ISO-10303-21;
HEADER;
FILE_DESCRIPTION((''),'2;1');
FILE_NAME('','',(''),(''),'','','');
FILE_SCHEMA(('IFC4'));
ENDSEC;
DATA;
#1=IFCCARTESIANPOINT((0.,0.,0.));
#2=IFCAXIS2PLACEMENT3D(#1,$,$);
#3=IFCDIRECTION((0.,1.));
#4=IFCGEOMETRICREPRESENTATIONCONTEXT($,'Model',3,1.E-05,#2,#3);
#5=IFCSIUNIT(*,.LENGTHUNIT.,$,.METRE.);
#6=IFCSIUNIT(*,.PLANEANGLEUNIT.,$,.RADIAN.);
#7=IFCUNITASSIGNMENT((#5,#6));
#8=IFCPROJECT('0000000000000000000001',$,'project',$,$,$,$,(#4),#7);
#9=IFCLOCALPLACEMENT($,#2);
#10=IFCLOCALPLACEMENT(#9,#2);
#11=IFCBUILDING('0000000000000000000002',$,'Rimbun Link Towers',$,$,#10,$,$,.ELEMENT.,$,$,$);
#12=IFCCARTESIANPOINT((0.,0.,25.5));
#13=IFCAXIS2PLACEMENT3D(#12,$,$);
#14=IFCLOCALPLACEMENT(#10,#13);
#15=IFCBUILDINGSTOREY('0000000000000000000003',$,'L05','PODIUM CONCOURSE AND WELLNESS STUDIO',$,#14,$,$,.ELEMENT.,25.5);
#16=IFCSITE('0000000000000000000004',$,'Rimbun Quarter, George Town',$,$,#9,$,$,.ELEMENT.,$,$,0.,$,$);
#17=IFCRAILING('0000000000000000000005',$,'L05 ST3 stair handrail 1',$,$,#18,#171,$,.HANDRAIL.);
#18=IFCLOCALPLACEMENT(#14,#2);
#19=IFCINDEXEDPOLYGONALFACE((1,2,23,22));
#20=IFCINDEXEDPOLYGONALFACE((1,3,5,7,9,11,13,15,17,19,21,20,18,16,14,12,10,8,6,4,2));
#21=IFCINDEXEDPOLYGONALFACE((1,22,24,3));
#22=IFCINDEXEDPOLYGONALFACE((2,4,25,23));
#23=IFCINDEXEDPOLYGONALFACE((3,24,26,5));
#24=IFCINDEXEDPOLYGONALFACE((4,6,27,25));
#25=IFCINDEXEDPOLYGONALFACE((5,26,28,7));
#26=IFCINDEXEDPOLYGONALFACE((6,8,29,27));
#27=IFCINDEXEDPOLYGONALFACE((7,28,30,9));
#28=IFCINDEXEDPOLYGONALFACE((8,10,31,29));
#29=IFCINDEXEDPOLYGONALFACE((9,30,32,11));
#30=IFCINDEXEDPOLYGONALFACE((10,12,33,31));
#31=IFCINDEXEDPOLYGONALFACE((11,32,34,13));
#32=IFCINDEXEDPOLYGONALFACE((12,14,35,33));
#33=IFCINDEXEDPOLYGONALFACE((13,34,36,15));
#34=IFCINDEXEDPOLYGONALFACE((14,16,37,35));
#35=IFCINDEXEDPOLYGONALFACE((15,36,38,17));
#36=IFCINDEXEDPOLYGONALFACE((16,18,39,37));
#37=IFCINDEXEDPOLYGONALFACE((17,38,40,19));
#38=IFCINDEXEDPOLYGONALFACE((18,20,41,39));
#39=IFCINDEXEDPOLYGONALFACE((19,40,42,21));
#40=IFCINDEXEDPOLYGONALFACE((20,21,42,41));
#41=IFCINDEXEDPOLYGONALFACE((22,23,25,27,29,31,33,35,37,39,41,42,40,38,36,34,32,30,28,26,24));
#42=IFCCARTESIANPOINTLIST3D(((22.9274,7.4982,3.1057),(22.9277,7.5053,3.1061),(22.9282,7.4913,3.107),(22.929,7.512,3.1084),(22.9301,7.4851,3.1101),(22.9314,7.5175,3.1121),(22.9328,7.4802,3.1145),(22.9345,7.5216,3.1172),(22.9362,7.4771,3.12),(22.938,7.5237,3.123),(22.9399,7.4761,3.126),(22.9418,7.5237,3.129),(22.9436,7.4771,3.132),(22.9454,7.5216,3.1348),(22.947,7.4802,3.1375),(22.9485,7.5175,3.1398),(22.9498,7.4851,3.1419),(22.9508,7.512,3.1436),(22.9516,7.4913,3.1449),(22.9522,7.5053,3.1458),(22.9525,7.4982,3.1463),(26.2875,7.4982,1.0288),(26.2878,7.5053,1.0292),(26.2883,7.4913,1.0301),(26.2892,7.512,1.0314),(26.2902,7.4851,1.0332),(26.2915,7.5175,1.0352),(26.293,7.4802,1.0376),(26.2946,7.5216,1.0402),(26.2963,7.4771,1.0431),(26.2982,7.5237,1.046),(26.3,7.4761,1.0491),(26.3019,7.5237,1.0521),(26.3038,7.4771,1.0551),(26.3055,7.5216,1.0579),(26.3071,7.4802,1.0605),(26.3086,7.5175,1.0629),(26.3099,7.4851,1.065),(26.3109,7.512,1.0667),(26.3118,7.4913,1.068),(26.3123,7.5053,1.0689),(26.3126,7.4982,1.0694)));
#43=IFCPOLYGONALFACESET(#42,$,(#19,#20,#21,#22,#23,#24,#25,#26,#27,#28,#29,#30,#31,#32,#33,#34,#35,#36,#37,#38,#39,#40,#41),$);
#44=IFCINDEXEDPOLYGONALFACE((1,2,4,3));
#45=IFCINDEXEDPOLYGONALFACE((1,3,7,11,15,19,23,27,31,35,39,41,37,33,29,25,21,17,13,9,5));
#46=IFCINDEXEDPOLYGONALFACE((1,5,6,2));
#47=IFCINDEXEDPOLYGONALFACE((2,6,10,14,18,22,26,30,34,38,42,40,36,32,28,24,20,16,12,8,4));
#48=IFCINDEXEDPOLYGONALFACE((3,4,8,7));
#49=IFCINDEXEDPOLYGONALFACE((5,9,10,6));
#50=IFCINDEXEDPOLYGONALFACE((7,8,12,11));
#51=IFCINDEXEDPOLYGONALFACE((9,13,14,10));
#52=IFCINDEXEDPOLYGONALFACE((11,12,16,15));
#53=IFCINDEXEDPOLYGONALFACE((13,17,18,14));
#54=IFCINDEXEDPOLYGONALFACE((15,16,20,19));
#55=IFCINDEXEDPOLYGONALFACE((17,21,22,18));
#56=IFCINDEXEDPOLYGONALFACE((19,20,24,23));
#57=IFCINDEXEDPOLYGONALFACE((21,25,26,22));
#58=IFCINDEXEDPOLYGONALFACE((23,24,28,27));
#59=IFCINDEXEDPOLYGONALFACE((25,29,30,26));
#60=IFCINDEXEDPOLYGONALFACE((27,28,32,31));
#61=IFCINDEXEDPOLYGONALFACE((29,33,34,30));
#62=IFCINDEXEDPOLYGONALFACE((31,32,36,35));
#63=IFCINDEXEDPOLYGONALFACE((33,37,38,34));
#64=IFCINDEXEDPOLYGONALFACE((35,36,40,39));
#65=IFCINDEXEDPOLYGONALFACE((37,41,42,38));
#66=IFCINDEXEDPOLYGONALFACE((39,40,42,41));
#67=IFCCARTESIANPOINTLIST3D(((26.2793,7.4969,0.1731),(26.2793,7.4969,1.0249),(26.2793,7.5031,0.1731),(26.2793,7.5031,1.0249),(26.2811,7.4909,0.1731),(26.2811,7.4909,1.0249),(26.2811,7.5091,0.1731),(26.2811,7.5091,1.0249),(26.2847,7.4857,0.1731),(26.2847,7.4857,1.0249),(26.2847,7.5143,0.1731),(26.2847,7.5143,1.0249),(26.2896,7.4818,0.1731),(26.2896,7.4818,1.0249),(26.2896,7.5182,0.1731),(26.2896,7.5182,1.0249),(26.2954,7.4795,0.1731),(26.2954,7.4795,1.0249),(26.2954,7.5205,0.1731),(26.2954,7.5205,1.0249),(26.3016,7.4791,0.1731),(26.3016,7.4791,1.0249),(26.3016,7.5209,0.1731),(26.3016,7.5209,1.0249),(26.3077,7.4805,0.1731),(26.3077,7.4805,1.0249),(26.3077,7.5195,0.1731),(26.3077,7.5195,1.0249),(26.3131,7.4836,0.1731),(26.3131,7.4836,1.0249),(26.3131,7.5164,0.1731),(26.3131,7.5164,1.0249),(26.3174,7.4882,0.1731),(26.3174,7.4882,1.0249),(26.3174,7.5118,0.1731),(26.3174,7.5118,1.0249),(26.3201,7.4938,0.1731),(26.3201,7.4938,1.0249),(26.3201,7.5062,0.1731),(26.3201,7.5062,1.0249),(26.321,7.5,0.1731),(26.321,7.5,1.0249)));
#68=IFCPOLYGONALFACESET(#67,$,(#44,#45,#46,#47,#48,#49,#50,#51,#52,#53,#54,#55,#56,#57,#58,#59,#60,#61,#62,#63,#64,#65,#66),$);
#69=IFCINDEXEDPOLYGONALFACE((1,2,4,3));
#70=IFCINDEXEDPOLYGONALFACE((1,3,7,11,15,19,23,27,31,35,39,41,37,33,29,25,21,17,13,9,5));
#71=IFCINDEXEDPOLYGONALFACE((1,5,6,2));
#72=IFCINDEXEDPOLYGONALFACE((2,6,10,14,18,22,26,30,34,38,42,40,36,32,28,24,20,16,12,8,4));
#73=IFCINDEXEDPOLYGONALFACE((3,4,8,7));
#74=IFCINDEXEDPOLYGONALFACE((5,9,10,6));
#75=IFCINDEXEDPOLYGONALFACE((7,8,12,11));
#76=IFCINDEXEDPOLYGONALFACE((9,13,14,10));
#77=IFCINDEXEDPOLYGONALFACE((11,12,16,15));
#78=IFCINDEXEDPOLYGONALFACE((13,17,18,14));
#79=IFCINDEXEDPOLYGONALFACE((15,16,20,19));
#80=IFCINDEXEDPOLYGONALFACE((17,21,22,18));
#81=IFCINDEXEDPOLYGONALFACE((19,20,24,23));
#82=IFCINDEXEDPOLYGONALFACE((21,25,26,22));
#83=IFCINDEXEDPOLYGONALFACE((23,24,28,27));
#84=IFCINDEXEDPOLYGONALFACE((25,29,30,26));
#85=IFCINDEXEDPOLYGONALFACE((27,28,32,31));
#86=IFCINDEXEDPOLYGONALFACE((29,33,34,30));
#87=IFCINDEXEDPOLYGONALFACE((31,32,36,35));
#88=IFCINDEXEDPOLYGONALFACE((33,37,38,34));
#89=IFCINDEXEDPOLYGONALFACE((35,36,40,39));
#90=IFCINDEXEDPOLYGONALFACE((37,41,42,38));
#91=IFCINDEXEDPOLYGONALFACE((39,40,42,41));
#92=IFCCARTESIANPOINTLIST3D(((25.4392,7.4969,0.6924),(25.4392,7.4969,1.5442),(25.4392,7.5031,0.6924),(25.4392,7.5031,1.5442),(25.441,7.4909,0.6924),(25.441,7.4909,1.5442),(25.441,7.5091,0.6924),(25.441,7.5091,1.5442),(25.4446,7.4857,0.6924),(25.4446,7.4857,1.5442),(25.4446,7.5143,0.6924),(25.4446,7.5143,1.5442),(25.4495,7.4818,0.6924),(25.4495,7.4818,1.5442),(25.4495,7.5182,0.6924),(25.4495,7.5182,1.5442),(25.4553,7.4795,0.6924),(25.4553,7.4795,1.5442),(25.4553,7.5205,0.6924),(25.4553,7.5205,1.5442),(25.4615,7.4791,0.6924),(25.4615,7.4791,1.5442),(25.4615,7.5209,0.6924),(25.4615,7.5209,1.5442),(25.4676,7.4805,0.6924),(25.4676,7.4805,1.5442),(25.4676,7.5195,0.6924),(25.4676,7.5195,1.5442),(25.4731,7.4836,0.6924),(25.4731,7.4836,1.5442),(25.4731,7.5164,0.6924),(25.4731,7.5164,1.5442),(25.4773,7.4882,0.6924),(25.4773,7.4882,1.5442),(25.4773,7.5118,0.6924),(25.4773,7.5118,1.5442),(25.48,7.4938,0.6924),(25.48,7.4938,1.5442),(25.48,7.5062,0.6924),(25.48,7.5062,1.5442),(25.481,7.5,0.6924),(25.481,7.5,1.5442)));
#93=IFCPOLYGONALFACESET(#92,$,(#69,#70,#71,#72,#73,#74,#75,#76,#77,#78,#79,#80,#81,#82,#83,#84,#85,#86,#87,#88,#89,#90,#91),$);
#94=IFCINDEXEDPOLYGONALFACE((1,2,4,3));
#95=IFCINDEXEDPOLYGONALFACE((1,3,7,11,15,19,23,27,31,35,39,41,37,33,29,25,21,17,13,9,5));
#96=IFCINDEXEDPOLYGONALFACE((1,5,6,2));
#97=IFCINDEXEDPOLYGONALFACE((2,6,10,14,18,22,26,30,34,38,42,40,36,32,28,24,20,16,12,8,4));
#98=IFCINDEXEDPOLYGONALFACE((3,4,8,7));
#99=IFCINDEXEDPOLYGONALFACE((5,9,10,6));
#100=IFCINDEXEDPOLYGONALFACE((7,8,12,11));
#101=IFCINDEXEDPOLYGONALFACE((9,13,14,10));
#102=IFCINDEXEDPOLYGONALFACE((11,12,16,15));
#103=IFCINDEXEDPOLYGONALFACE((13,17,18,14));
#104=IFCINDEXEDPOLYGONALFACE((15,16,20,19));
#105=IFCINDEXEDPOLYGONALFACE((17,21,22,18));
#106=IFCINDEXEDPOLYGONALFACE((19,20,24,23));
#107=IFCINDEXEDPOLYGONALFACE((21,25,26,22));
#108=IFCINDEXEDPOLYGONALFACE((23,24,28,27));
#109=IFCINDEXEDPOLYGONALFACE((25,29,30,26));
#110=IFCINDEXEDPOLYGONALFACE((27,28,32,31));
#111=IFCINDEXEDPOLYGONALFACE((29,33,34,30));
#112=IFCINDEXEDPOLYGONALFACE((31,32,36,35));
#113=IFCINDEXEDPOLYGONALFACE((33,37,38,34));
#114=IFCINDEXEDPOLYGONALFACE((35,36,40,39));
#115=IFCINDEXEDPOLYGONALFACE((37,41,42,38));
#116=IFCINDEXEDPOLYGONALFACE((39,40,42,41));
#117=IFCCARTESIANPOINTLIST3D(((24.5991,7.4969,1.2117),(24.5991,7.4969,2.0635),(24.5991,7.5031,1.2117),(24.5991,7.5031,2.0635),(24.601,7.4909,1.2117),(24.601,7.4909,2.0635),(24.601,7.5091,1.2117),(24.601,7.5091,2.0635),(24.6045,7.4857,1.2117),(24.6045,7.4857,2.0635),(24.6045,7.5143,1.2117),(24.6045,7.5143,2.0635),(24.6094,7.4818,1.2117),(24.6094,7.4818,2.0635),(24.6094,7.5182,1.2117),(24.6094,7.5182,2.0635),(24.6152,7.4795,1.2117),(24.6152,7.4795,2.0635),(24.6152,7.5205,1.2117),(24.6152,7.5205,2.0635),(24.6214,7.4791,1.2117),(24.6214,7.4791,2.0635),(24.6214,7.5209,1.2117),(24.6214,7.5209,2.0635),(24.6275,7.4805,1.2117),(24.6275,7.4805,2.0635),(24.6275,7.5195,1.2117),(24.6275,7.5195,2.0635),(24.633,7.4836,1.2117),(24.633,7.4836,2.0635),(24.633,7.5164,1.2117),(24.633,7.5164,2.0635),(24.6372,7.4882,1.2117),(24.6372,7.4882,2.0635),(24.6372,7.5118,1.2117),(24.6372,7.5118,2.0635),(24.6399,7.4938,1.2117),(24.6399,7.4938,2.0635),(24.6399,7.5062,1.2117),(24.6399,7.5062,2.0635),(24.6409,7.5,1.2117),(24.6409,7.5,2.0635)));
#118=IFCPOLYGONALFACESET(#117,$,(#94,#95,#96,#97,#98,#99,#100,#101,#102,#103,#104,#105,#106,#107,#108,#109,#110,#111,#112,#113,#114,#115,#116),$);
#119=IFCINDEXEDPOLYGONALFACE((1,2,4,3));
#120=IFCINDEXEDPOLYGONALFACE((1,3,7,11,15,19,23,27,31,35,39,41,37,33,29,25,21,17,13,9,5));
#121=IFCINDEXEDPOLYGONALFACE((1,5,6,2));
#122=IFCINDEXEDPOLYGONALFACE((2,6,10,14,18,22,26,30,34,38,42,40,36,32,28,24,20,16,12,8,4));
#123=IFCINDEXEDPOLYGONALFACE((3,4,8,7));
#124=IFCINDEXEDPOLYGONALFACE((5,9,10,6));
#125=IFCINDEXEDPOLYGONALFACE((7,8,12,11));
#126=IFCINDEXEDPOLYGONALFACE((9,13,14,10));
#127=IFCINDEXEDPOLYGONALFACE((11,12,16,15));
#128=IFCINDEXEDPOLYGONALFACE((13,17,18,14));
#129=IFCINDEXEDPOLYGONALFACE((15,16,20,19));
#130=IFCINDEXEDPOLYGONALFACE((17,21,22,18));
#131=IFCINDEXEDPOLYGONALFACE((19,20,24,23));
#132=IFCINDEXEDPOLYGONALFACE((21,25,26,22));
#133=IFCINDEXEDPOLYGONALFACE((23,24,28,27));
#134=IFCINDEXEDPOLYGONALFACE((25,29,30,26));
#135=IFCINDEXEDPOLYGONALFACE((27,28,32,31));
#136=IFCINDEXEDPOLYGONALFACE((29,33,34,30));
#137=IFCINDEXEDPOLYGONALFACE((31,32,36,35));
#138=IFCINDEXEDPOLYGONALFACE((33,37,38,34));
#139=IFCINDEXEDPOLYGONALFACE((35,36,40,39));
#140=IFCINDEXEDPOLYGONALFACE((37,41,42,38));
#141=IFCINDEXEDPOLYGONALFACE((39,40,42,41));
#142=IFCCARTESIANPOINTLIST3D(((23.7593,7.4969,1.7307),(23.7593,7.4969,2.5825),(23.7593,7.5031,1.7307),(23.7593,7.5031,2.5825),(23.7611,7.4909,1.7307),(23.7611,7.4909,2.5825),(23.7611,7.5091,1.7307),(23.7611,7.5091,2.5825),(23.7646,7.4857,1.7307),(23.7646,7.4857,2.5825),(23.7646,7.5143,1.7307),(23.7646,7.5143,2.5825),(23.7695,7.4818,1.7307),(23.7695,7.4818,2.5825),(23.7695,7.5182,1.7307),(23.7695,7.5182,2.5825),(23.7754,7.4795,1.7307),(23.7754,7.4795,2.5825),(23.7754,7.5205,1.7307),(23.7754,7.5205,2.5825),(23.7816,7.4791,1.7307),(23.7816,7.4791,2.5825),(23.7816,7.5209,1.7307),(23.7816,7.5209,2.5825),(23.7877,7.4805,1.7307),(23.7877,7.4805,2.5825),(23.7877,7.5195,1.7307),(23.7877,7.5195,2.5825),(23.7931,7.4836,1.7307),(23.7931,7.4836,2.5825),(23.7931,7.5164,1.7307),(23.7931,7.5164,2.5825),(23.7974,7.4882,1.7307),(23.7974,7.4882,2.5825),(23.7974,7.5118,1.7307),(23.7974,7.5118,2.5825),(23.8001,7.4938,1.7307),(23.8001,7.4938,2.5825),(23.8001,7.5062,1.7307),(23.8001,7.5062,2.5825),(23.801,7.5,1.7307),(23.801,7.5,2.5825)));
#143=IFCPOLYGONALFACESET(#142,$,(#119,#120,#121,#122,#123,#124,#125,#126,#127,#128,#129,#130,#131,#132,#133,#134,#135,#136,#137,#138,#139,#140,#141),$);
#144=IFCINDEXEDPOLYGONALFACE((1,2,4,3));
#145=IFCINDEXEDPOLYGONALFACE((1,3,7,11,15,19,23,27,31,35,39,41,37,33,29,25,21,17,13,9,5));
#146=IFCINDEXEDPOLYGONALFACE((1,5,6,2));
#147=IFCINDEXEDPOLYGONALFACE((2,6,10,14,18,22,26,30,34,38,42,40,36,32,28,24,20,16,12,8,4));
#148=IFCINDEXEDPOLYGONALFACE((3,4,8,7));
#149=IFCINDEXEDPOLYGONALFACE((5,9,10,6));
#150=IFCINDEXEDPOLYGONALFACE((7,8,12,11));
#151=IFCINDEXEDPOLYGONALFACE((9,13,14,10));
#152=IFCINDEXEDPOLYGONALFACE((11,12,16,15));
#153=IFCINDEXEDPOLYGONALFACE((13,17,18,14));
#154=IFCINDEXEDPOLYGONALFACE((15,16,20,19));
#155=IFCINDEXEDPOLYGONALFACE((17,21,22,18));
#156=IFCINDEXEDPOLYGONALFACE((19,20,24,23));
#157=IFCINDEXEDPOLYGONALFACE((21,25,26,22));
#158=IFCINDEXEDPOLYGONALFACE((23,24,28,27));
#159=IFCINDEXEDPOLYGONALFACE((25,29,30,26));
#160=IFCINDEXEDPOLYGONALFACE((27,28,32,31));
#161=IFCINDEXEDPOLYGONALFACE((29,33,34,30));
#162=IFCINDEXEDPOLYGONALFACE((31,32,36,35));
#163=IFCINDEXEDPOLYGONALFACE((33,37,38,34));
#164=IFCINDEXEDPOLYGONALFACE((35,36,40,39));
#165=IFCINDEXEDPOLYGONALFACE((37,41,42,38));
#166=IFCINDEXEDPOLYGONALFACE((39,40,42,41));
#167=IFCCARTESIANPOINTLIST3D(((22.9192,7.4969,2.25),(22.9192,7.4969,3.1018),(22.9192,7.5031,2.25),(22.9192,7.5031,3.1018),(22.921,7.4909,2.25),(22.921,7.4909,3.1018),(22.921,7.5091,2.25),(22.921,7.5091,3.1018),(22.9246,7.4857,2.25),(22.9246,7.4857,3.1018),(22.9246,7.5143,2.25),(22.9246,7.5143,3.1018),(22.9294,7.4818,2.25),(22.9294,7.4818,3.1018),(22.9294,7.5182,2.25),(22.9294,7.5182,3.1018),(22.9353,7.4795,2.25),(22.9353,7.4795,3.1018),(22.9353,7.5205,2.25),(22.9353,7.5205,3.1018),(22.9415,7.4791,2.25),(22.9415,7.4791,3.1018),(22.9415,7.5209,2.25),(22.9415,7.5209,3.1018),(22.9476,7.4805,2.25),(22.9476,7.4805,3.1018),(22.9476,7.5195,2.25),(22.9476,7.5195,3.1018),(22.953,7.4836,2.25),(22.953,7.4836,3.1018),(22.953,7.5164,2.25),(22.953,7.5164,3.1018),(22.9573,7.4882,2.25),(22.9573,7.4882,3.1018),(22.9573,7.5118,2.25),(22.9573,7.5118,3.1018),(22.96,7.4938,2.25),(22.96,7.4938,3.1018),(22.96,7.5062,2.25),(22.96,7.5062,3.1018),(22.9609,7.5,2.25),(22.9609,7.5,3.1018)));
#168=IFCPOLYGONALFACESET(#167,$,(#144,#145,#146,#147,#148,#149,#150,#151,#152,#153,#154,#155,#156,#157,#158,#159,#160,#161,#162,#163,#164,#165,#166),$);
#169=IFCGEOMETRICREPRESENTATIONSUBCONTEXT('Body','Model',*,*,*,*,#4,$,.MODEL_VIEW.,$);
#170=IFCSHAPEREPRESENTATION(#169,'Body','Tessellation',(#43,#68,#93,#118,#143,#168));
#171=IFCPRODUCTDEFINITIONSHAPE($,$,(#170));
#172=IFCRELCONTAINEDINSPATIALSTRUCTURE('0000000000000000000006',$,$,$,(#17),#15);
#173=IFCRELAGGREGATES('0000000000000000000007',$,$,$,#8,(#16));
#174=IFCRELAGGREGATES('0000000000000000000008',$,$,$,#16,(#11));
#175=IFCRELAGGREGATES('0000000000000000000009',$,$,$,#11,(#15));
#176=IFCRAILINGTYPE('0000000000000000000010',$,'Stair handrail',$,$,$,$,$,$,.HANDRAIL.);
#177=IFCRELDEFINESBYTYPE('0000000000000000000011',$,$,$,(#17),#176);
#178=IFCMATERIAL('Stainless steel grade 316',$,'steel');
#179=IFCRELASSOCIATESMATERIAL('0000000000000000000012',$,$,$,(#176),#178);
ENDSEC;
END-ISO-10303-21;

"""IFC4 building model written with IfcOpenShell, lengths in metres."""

from ifc_helpers import new_model, si_unit, direction, frame, origin, origin_2d, place, context, subcontext, project, spatial, circle, extrude, material, type_object, element, save


model = new_model("IFC4")

# Units and contexts
model_context = context("Model", 3, precision=1e-05, world=origin(), true_north=direction((0.0, 1.0)))
body_context = subcontext(model_context, "Body", "Model", "MODEL_VIEW")
ifc_project = project(units=[si_unit("LENGTHUNIT", "METRE"), si_unit("PLANEANGLEUNIT", "RADIAN")], contexts=[model_context])

# Site, building, storey
site_placement = place(None, origin())
site = spatial("IfcSite", under=ifc_project, at=site_placement, Name="Rimbun Quarter, George Town", CompositionType="ELEMENT", RefElevation=0.0)
building_placement = place(site_placement, origin())
building = spatial("IfcBuilding", under=site, at=building_placement, Name="Rimbun Link Towers", CompositionType="ELEMENT")
storey_placement = place(building_placement, frame((0.0, 0.0, 25.5)))
storey = spatial("IfcBuildingStorey", under=building, at=storey_placement, Name="L05", Description="PODIUM CONCOURSE AND WELLNESS STUDIO", CompositionType="ELEMENT", Elevation=25.5)

# Railing
ifc_material_1 = material(Name="Stainless steel grade 316", Category="steel")
railing_type_1 = type_object("IfcRailingType", Name="Stair handrail", PredefinedType="HANDRAIL", material=ifc_material_1)
railing_1_placement = place(storey_placement, frame((26.3, 7.5, 0.1731)))
element("IfcRailing", 1, at=railing_1_placement, inside=storey, type_object=railing_type_1, Name="L05 ST3 stair handrail 1", PredefinedType="HANDRAIL", context=body_context, shape_type="SweptSolid", body=[
    extrude(circle(Radius=0.0239, at=origin_2d()), frame((0.0, 0.0, 0.876), z_axis=(-0.850623, 0.0, 0.525776), x_axis=(0.0, -1.0, 0.0)), (0.0, 0.0, 1.0), 3.9502),
    extrude(circle(Radius=0.021, at=origin_2d()), origin(), (0.0, 0.0, 1.0), 0.8518),
    extrude(circle(Radius=0.021, at=origin_2d()), frame((-0.8401, 0.0, 0.5193)), (0.0, 0.0, 1.0), 0.8518),
    extrude(circle(Radius=0.021, at=origin_2d()), frame((-1.6802, 0.0, 1.0386)), (0.0, 0.0, 1.0), 0.8518),
    extrude(circle(Radius=0.021, at=origin_2d()), frame((-2.52, 0.0, 1.5576)), (0.0, 0.0, 1.0), 0.8518),
    extrude(circle(Radius=0.021, at=origin_2d()), frame((-3.3601, 0.0, 2.0769)), (0.0, 0.0, 1.0), 0.8518),
])

save(model, "model.ifc")
